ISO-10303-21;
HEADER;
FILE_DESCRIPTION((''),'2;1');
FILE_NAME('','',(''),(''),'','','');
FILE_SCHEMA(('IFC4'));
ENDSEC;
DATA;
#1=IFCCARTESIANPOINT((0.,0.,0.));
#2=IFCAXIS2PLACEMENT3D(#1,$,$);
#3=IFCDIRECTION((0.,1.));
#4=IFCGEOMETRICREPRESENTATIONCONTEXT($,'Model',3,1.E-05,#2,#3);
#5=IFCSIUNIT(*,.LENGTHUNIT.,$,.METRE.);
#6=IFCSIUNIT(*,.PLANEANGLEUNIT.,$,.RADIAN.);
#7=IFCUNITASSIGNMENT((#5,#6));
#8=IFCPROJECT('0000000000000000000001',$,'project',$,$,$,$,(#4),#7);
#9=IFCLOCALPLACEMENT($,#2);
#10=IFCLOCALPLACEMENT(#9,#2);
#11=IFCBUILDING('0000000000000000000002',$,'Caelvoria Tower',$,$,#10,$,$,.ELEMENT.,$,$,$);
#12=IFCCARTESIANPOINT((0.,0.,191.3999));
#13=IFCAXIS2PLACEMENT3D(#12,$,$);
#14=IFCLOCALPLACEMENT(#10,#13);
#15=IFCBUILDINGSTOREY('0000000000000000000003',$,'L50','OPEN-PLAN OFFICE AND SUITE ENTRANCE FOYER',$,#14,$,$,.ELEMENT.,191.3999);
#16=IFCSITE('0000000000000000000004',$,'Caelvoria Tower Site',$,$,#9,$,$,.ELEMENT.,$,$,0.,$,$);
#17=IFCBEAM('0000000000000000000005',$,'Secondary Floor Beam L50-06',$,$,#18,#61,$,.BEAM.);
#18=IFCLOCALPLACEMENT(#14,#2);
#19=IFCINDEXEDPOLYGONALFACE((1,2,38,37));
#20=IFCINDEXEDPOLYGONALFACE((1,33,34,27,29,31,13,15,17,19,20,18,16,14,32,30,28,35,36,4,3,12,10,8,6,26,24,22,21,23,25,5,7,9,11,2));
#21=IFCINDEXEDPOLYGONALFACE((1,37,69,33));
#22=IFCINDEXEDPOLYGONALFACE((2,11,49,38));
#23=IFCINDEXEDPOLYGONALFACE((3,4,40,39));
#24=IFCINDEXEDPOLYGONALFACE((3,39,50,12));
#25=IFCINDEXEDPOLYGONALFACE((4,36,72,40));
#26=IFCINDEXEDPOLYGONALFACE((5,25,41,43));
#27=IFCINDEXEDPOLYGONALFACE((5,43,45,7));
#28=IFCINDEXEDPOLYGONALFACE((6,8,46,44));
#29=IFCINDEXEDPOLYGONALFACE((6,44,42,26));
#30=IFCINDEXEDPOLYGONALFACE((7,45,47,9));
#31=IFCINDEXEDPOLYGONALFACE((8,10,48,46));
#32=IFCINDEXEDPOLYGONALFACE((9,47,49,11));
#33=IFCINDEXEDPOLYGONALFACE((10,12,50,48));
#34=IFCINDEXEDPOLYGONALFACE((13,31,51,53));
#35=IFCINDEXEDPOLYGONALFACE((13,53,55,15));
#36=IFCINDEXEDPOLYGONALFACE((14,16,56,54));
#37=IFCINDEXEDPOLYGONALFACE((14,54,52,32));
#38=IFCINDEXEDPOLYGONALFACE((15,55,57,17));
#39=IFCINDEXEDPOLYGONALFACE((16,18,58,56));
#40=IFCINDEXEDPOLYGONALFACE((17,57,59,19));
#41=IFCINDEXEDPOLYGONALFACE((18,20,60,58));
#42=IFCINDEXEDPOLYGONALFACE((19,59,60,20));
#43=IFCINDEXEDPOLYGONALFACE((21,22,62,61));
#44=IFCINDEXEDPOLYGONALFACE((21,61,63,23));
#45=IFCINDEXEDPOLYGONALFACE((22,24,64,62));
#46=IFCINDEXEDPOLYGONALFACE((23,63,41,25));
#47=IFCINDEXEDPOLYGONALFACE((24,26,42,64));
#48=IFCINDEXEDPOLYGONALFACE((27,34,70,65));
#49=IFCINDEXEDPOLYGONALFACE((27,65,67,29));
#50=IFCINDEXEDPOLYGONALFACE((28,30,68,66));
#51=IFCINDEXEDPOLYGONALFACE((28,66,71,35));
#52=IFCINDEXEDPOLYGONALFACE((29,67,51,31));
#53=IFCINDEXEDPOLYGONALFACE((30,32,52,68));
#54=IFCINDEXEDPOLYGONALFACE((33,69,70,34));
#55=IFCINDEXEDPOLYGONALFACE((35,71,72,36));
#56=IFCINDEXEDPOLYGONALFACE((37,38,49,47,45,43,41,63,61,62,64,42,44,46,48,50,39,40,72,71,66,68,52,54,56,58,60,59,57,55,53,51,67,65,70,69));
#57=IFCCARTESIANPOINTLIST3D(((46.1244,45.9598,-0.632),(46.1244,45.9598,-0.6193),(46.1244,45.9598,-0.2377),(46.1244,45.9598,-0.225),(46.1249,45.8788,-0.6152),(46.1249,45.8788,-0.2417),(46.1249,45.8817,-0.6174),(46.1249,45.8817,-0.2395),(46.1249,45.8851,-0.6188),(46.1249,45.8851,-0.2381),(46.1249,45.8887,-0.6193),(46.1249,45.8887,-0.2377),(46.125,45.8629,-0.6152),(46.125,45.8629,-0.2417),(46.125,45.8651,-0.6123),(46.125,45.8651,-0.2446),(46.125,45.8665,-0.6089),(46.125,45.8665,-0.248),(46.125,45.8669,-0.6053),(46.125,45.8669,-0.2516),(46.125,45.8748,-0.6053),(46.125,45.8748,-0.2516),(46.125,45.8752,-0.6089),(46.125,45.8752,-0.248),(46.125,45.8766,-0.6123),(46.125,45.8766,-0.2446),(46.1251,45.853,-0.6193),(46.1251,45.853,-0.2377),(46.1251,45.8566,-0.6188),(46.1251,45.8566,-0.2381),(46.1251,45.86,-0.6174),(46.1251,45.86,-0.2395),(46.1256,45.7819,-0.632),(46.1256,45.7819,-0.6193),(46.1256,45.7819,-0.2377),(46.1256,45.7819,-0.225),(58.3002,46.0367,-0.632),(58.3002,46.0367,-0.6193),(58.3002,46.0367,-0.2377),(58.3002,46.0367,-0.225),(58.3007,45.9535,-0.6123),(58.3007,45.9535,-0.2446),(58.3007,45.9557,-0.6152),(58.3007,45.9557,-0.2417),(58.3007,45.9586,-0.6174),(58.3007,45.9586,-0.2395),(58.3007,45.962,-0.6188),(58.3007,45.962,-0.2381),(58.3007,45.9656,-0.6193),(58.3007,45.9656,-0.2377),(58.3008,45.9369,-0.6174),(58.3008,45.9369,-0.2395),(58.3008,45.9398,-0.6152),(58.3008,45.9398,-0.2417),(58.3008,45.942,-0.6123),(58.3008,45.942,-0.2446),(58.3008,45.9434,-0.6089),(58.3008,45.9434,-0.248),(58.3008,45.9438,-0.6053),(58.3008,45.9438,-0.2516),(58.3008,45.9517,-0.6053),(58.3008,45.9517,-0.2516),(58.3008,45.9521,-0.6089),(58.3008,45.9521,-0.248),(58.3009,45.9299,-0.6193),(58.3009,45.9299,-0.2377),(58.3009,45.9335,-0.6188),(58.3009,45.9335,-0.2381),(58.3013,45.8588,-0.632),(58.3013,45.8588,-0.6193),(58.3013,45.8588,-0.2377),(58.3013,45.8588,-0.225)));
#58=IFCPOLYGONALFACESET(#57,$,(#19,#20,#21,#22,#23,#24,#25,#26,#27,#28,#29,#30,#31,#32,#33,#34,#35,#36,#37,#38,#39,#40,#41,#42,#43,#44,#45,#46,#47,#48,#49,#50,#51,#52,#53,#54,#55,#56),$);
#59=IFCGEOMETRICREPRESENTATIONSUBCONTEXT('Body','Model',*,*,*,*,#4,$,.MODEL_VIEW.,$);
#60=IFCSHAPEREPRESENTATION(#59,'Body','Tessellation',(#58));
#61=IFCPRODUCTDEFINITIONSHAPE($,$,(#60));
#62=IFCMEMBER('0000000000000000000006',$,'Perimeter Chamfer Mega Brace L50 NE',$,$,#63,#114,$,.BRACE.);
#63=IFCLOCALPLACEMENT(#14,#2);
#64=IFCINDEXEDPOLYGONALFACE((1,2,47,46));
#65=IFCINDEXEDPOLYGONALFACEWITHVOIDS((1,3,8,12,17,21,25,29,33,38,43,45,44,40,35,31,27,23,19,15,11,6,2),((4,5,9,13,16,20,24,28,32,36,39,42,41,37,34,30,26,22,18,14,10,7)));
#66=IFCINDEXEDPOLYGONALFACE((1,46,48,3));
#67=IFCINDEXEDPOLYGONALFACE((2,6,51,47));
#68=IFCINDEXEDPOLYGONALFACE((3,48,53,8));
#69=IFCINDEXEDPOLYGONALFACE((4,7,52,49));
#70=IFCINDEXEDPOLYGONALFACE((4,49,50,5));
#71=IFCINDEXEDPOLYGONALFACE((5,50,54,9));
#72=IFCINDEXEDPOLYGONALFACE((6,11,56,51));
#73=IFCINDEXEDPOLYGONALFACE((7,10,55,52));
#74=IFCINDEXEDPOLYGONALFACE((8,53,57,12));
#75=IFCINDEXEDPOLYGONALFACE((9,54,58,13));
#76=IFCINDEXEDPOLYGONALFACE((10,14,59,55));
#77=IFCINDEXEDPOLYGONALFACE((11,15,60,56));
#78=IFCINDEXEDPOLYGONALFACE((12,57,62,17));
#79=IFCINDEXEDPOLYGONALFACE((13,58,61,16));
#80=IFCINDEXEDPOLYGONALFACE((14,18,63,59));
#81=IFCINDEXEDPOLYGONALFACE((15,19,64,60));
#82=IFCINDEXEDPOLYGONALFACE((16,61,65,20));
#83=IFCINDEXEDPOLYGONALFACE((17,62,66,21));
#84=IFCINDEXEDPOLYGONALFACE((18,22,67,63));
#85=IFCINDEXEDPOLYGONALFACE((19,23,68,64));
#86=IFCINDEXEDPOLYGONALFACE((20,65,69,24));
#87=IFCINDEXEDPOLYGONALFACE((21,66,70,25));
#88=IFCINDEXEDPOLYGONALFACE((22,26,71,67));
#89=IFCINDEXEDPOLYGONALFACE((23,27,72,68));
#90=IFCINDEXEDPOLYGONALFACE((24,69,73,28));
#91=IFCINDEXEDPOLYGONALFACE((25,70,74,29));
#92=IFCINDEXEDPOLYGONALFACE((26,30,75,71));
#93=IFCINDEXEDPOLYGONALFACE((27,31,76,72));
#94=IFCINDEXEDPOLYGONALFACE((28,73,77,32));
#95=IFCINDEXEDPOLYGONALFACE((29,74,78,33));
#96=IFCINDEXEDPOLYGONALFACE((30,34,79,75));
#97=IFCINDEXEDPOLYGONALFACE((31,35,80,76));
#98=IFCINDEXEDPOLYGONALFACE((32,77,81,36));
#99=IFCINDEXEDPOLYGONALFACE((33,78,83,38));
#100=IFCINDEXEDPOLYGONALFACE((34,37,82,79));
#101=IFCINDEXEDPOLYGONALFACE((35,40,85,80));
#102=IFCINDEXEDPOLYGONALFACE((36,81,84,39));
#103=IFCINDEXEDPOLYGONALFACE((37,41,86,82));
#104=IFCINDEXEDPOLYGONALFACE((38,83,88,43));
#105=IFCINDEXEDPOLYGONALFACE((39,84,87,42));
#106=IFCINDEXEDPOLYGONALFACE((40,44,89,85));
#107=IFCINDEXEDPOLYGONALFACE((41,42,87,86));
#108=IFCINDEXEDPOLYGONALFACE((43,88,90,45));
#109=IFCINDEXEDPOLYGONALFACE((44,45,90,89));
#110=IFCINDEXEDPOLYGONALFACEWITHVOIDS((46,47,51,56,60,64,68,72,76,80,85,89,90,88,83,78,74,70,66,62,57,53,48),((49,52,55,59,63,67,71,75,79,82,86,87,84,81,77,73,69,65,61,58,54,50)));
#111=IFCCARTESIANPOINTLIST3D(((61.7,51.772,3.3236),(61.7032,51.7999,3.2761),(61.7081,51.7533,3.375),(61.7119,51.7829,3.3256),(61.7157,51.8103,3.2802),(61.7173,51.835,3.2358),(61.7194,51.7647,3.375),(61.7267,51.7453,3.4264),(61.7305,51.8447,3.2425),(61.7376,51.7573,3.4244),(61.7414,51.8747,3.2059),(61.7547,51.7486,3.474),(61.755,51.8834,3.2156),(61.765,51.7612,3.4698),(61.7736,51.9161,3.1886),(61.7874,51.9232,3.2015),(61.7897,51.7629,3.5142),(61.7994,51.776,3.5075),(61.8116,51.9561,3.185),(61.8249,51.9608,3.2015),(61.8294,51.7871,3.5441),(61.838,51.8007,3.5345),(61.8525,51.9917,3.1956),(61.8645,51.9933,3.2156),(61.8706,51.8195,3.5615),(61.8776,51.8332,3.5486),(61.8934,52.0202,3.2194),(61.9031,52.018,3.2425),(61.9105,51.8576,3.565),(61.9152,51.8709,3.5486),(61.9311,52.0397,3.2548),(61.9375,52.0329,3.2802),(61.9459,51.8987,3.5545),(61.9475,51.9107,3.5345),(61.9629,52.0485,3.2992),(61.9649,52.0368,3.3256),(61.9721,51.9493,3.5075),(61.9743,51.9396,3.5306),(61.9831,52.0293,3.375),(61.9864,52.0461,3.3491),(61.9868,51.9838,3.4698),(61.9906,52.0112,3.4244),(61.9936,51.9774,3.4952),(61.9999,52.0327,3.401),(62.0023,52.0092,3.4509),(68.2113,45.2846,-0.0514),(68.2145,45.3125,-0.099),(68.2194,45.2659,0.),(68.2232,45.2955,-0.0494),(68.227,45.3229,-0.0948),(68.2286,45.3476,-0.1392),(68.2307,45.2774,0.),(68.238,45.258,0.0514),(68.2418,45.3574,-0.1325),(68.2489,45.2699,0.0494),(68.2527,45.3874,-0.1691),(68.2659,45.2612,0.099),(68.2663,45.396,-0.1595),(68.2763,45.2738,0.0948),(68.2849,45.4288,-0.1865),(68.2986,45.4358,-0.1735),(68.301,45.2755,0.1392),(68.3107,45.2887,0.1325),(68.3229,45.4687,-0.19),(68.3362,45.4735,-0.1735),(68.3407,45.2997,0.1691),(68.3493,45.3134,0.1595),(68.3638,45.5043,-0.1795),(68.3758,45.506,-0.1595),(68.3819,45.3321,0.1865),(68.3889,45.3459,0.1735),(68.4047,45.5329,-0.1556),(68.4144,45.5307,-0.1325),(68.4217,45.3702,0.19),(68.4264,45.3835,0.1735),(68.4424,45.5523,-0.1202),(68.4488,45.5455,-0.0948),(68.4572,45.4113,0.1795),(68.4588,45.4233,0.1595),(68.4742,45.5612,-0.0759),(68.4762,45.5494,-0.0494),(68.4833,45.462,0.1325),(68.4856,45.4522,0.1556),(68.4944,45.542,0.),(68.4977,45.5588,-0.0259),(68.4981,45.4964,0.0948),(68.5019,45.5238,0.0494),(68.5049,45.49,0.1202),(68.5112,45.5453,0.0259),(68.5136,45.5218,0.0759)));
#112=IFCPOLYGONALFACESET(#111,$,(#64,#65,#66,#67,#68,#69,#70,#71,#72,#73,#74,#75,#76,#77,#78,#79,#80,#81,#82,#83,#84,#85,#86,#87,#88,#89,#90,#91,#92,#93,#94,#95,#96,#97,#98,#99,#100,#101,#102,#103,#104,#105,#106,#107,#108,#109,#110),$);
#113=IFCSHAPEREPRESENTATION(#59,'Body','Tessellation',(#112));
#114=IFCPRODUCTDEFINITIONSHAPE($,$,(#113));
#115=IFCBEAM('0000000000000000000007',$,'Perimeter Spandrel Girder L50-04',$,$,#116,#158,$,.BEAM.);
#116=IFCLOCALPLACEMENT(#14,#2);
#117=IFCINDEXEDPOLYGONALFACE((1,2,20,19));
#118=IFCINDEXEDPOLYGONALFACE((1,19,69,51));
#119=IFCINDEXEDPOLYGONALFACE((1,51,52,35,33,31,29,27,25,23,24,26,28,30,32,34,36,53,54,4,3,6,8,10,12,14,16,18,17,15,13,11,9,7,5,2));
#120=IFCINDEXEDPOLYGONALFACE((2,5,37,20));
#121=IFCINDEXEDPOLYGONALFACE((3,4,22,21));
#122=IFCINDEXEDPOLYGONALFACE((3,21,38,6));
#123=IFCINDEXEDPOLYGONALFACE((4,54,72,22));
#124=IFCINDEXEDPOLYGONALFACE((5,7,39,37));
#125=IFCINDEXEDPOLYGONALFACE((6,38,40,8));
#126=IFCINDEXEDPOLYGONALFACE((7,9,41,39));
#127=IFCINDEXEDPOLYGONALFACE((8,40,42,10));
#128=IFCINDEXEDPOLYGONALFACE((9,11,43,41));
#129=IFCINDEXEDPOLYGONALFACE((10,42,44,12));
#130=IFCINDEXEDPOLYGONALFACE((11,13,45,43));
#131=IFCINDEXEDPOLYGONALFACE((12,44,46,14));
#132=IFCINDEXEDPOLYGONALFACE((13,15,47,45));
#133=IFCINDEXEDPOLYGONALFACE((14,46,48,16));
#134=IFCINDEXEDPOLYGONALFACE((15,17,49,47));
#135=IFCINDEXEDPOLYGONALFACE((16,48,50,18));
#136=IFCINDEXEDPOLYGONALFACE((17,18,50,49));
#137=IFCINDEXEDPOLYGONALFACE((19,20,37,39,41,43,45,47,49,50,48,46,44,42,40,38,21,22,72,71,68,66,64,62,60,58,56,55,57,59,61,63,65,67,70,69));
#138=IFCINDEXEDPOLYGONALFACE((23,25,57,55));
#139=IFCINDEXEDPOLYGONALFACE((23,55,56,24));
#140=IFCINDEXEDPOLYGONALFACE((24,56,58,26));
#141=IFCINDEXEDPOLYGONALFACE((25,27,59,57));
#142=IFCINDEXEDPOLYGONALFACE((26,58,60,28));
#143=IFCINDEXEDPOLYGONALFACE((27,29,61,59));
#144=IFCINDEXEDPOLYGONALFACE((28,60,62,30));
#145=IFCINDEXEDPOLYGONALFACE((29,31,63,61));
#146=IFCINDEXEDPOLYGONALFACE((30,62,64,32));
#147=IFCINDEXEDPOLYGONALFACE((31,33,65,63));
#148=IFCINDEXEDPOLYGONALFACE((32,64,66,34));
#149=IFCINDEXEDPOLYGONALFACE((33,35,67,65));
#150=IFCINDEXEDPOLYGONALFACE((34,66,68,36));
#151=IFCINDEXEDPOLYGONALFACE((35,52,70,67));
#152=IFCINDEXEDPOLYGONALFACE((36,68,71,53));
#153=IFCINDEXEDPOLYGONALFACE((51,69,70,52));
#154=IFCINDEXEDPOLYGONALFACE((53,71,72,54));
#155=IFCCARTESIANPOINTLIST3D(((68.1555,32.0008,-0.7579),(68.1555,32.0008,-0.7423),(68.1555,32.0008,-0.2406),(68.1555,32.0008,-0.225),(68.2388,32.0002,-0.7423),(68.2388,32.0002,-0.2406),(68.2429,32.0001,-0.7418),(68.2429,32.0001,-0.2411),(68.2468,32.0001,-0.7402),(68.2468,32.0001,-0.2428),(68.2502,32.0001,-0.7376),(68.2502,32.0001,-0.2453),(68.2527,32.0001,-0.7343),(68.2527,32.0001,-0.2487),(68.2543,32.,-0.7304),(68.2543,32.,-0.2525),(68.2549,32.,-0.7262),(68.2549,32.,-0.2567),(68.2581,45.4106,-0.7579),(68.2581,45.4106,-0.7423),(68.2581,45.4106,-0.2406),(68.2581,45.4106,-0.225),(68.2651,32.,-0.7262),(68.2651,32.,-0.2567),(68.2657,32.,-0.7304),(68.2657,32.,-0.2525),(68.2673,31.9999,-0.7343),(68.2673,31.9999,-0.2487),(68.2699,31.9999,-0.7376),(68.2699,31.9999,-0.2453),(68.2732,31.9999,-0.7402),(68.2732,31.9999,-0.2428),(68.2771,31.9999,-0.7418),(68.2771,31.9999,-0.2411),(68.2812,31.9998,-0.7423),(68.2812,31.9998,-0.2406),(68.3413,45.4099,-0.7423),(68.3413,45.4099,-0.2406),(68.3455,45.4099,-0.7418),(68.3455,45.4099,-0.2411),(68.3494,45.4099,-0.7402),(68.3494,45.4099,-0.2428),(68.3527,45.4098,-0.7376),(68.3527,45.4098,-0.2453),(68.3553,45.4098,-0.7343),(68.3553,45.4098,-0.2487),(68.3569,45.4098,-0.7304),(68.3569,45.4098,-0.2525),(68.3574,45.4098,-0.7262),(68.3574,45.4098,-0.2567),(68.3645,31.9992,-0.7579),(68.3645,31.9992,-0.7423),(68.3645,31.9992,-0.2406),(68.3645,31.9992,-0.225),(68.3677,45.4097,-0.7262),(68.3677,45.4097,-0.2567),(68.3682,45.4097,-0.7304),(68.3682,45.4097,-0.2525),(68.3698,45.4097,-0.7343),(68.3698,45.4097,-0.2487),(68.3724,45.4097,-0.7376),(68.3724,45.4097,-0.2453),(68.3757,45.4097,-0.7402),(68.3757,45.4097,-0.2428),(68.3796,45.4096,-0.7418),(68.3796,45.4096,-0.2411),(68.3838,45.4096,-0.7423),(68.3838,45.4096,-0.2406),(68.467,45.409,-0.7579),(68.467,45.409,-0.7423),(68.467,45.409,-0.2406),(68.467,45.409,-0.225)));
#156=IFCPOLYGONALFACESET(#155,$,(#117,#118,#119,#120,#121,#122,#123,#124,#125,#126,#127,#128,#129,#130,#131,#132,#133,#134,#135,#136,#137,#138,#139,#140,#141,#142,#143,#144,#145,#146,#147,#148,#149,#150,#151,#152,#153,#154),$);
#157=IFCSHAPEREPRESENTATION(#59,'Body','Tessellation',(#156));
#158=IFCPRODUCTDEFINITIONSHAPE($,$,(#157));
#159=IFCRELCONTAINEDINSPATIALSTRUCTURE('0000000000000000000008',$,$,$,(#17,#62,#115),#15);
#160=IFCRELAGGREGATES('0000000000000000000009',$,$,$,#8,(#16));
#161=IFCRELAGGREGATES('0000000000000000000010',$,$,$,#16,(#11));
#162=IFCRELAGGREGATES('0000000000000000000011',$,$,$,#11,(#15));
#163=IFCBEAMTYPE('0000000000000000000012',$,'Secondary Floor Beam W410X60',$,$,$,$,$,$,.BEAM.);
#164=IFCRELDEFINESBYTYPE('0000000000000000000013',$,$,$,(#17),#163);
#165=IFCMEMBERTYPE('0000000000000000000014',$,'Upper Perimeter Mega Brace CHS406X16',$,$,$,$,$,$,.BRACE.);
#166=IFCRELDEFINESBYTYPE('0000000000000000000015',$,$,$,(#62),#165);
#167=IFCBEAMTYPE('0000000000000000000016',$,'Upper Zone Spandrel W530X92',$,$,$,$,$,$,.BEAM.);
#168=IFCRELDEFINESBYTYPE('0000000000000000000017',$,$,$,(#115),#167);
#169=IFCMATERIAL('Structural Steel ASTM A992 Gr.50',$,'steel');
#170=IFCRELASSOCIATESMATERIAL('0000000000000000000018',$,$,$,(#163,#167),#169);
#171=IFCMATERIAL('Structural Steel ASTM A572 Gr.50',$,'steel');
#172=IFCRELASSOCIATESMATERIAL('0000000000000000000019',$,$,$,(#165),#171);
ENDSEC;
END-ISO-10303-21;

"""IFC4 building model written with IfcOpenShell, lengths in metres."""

from ifc_helpers import new_model, si_unit, direction, frame, origin, origin_2d, place, context, subcontext, project, spatial, hollow_circle, i_section, extrude, material, material_profile, profile_set, type_object, element, save


model = new_model("IFC4")

# Units and contexts
model_context = context("Model", 3, precision=1e-05, world=origin(), true_north=direction((0.0, 1.0)))
body_context = subcontext(model_context, "Body", "Model", "MODEL_VIEW")
ifc_project = project(units=[si_unit("LENGTHUNIT", "METRE"), si_unit("PLANEANGLEUNIT", "RADIAN")], contexts=[model_context])

# Site, building, storey
site_placement = place(None, origin())
site = spatial("IfcSite", under=ifc_project, at=site_placement, Name="Caelvoria Tower Site", CompositionType="ELEMENT", RefElevation=0.0)
building_placement = place(site_placement, origin())
building = spatial("IfcBuilding", under=site, at=building_placement, Name="Caelvoria Tower", CompositionType="ELEMENT")
storey_placement = place(building_placement, frame((0.0, 0.0, 191.3999)))
storey = spatial("IfcBuildingStorey", under=building, at=storey_placement, Name="L50", Description="OPEN-PLAN OFFICE AND SUITE ENTRANCE FOYER", CompositionType="ELEMENT", Elevation=191.3999)

# Shared definitions
ifc_material_1 = material(Name="Structural Steel ASTM A572 Gr.50", Category="steel")
ifc_material_2 = material(Name="Structural Steel ASTM A992 Gr.50", Category="steel")

# Beam
ifc_material_profile_1 = material_profile(ifc_material_2, i_section(OverallWidth=0.178, OverallDepth=0.407, WebThickness=0.0078, FlangeThickness=0.0127, FilletRadius=0.0139, at=origin_2d()), Name="Structural Steel ASTM A992 Gr.50")
ifc_profile_set_1 = profile_set([ifc_material_profile_1], Name="W410X60 - Structural Steel ASTM A992 Gr.50")
beam_type_1 = type_object("IfcBeamType", Name="Secondary Floor Beam W410X60", PredefinedType="BEAM", material=ifc_profile_set_1)
beam_1_placement = place(storey_placement, frame((58.3008, 45.9478, -0.4285), z_axis=(-0.99998, -0.006316, 0.0), x_axis=(0.006316, -0.99998, 0.0)))
element("IfcBeam", 1, at=beam_1_placement, inside=storey, type_object=beam_type_1, Name="Secondary Floor Beam L50-06", PredefinedType="BEAM", context=body_context, shape_type="SweptSolid", body=[
    extrude(i_section(OverallWidth=0.178, OverallDepth=0.407, WebThickness=0.0078, FlangeThickness=0.0127, FilletRadius=0.0139, at=origin_2d()), origin(), (0.0, 0.0, 1.0), 12.176),
])

# Member
ifc_material_profile_2 = material_profile(ifc_material_1, hollow_circle(Radius=0.2029, WallThickness=0.0161, at=origin_2d()), Name="Structural Steel ASTM A572 Gr.50")
ifc_profile_set_2 = profile_set([ifc_material_profile_2], Name="CHS406X16 - Structural Steel ASTM A572 Gr.50")
member_type = type_object("IfcMemberType", Name="Upper Perimeter Mega Brace CHS406X16", PredefinedType="BRACE", material=ifc_profile_set_2)
member_placement = place(storey_placement, frame((68.3625, 45.4097, 0.0), z_axis=(-0.664994, 0.66255, 0.34469), x_axis=(-0.705804, -0.708407, 0.0)))
element("IfcMember", 2, at=member_placement, inside=storey, type_object=member_type, Name="Perimeter Chamfer Mega Brace L50 NE", PredefinedType="BRACE", context=body_context, shape_type="SweptSolid", body=[
    extrude(hollow_circle(Radius=0.2029, WallThickness=0.0161, at=origin_2d()), origin(), (0.0, 0.0, 1.0), 9.7915),
])

# Beam
ifc_material_profile_3 = material_profile(ifc_material_2, i_section(OverallWidth=0.209, OverallDepth=0.533, WebThickness=0.0103, FlangeThickness=0.0156, FilletRadius=0.0161, at=origin_2d()), Name="Structural Steel ASTM A992 Gr.50")
ifc_profile_set_3 = profile_set([ifc_material_profile_3], Name="W530X92 - Structural Steel ASTM A992 Gr.50")
beam_type_2 = type_object("IfcBeamType", Name="Upper Zone Spandrel W530X92", PredefinedType="BEAM", material=ifc_profile_set_3)
beam_2_placement = place(storey_placement, frame((68.26, 32.0, -0.4915), z_axis=(0.007646, 0.999971, 0.0), x_axis=(-0.999971, 0.007646, 0.0)))
element("IfcBeam", 3, at=beam_2_placement, inside=storey, type_object=beam_type_2, Name="Perimeter Spandrel Girder L50-04", PredefinedType="BEAM", context=body_context, shape_type="SweptSolid", body=[
    extrude(i_section(OverallWidth=0.209, OverallDepth=0.533, WebThickness=0.0103, FlangeThickness=0.0156, FilletRadius=0.0161, at=origin_2d()), origin(), (0.0, 0.0, 1.0), 13.4102),
])

save(model, "model.ifc")
